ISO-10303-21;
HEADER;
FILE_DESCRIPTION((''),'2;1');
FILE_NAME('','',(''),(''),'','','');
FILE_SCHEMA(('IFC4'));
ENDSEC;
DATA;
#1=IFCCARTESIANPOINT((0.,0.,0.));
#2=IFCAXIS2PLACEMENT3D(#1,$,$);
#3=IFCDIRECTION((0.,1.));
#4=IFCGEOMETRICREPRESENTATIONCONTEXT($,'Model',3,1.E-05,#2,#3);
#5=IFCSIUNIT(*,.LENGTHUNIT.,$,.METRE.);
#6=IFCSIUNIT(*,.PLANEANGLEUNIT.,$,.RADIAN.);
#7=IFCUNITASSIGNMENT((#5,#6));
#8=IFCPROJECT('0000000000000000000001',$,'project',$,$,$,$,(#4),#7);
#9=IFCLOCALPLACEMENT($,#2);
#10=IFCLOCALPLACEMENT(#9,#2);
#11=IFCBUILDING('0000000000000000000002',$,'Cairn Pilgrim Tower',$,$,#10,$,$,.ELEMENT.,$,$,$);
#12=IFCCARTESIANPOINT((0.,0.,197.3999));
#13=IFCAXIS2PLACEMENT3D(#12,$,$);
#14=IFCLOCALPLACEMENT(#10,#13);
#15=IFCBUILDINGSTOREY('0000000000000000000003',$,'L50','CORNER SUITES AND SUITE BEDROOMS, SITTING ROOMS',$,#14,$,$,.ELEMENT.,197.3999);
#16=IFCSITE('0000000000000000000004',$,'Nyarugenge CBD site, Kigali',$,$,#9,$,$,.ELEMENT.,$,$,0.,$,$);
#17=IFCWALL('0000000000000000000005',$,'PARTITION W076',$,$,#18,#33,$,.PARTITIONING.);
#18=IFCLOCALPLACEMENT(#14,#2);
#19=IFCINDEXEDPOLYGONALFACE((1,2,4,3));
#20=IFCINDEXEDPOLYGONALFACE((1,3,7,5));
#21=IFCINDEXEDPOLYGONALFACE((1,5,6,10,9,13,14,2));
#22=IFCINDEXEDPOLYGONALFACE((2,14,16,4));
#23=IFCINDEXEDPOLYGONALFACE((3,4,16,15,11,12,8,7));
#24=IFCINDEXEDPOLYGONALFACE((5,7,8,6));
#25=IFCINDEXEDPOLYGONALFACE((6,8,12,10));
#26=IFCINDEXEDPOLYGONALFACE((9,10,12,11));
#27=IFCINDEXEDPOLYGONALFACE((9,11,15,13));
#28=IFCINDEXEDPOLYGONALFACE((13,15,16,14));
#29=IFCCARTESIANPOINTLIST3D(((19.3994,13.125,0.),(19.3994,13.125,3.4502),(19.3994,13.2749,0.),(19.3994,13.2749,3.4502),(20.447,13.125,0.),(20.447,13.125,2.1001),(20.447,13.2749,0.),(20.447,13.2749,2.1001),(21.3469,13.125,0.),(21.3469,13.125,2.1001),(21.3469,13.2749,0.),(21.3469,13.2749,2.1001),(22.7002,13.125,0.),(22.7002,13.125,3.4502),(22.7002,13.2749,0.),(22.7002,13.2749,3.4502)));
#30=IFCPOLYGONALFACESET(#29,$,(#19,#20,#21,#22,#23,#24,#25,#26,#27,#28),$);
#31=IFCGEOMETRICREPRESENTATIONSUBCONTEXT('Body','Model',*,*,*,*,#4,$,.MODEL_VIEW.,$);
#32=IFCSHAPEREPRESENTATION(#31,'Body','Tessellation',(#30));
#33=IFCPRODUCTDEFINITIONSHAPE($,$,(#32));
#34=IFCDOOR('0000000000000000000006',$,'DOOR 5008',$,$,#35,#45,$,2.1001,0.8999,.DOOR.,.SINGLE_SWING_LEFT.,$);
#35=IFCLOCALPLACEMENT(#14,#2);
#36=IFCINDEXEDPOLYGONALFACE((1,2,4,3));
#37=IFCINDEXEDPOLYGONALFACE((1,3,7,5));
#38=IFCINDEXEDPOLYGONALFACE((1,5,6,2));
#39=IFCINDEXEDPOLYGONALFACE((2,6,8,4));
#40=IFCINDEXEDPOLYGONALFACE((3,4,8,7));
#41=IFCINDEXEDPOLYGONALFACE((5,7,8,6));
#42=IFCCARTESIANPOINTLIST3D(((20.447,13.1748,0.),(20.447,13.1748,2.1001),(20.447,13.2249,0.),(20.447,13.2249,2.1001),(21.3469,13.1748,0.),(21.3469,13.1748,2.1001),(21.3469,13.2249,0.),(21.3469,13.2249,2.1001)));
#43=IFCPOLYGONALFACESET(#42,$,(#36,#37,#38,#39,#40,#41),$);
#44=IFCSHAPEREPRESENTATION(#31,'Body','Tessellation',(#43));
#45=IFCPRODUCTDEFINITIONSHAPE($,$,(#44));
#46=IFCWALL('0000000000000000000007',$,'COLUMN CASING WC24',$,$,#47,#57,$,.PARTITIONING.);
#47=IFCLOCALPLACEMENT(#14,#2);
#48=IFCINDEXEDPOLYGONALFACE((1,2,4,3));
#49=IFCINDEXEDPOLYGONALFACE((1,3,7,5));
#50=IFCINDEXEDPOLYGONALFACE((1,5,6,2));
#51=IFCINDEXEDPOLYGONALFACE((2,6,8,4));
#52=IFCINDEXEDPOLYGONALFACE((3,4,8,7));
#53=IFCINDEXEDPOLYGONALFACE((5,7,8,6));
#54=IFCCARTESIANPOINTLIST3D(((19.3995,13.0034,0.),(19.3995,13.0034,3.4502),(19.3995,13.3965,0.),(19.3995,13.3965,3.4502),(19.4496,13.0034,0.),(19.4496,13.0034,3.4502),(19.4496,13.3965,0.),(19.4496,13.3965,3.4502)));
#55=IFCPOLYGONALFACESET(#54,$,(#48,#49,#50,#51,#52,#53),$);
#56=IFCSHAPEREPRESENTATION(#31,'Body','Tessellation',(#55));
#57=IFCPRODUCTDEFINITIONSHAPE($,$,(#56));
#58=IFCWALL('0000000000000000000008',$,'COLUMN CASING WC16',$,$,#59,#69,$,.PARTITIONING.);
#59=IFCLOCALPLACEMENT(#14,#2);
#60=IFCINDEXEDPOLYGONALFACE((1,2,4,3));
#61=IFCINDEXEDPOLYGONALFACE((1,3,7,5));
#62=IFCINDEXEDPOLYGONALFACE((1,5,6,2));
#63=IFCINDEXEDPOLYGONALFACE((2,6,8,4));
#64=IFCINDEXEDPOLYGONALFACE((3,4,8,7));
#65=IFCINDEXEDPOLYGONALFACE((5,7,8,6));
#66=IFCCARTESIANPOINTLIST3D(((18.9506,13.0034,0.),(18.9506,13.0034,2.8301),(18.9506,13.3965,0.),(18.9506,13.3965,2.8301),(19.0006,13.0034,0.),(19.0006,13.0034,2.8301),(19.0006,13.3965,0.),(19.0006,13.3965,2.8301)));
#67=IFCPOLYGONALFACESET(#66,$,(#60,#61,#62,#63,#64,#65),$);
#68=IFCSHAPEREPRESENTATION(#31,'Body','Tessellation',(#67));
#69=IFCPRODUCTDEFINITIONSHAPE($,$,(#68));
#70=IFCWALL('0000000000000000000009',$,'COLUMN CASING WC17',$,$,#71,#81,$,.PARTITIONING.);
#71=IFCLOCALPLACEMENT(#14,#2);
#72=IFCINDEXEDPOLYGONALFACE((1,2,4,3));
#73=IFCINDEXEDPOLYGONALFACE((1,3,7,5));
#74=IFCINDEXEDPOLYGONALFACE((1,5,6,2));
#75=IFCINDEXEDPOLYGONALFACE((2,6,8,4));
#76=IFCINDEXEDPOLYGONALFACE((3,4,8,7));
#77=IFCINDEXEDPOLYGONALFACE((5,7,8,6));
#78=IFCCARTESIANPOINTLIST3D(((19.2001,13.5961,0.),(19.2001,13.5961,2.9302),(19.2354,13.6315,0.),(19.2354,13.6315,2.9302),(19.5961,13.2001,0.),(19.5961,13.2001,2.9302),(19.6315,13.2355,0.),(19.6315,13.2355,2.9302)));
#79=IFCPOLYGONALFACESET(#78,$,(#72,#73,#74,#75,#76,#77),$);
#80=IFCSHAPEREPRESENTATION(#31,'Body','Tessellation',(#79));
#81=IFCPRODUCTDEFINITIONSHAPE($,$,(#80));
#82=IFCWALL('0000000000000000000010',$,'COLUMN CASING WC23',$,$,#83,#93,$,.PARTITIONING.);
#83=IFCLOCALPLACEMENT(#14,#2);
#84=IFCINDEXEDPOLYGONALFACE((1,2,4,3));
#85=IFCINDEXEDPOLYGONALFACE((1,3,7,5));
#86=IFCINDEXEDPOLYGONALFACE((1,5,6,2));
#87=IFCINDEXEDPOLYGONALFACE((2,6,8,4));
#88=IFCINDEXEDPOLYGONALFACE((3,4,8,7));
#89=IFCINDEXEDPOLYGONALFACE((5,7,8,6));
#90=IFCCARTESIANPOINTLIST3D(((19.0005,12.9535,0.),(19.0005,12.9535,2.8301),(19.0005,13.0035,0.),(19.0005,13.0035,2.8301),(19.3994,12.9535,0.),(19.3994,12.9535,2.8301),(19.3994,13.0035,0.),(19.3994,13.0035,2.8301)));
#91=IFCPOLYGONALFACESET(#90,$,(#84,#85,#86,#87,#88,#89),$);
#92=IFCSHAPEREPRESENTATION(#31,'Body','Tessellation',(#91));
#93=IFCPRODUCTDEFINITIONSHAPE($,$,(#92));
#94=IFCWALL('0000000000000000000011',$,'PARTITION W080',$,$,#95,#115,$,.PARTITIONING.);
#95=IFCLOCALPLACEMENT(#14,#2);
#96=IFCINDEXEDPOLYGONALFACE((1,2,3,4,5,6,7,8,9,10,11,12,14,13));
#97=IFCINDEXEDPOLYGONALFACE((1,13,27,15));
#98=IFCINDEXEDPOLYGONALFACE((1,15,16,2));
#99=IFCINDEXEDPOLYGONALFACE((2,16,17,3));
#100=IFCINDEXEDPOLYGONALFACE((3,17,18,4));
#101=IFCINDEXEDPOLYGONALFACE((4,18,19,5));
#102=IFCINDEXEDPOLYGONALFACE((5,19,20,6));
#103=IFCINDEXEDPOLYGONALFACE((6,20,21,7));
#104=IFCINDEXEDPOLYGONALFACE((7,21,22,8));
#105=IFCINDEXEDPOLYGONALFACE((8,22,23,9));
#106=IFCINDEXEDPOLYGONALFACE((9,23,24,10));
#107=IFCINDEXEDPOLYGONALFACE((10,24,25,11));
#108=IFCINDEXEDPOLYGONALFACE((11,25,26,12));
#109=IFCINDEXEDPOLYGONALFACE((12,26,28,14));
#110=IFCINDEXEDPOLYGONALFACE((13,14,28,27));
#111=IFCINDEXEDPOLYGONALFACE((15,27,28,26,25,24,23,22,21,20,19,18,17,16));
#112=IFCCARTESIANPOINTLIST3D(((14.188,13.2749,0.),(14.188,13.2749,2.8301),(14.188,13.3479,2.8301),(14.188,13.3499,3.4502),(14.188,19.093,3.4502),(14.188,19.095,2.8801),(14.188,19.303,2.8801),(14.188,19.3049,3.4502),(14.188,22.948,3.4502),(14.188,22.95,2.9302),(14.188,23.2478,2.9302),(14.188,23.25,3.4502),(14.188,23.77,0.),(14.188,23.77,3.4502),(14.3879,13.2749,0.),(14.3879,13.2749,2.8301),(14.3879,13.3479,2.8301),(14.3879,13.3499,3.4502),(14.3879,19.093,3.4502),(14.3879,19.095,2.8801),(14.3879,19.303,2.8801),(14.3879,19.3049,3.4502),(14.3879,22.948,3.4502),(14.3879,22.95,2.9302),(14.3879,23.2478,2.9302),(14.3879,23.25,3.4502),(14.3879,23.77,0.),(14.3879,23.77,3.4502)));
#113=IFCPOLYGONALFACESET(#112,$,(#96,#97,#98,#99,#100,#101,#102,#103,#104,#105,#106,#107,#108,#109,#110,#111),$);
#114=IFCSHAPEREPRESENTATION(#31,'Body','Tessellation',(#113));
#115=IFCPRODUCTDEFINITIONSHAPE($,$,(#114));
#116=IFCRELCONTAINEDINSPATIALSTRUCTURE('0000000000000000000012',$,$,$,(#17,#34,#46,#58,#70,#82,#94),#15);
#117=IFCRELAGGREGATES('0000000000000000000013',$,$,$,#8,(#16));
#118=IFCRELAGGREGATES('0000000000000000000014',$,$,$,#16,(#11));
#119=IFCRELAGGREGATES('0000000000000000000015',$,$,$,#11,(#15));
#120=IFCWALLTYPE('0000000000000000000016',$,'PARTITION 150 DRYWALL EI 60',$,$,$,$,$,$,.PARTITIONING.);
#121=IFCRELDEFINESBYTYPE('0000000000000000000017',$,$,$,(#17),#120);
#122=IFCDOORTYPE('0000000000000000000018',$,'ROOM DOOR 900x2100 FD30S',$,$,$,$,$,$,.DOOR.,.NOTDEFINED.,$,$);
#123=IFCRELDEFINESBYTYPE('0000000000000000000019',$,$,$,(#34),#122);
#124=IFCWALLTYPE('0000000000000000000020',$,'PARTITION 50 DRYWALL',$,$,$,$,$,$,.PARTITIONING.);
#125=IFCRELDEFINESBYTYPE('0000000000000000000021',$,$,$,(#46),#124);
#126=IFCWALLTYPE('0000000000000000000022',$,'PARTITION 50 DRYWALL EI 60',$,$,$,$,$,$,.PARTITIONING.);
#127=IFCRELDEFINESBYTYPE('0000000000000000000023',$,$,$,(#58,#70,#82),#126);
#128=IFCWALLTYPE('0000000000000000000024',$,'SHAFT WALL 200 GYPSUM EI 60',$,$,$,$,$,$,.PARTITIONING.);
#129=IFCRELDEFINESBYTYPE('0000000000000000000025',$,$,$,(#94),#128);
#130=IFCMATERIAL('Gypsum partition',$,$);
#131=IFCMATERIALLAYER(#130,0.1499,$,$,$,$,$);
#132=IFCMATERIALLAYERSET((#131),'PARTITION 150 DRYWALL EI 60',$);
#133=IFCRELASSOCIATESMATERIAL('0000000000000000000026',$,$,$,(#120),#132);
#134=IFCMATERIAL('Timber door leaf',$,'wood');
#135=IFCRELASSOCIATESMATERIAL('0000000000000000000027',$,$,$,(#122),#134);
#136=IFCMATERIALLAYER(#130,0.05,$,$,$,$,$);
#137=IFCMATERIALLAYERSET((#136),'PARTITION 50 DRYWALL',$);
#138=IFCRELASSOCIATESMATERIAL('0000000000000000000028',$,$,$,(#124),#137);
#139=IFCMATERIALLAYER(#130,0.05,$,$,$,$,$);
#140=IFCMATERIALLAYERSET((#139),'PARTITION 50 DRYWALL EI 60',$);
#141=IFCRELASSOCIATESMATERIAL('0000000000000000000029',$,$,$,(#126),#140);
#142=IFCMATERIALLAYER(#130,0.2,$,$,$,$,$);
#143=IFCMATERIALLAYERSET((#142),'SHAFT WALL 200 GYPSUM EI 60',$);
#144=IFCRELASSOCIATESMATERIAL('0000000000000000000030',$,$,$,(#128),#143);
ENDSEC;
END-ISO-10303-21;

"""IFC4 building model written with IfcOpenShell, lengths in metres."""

from ifc_helpers import new_model, si_unit, direction, frame, frame_2d, origin, place, context, subcontext, project, spatial, polyline, rectangle, outline, extrude, material, layer, layer_set, type_object, element, fill, save


model = new_model("IFC4")

# Units and contexts
model_context = context("Model", 3, precision=1e-05, world=origin(), true_north=direction((0.0, 1.0)))
body_context = subcontext(model_context, "Body", "Model", "MODEL_VIEW")
ifc_project = project(units=[si_unit("LENGTHUNIT", "METRE"), si_unit("PLANEANGLEUNIT", "RADIAN")], contexts=[model_context])

# Site, building, storey
site_placement = place(None, origin())
site = spatial("IfcSite", under=ifc_project, at=site_placement, Name="Nyarugenge CBD site, Kigali", CompositionType="ELEMENT", RefElevation=0.0)
building_placement = place(site_placement, origin())
building = spatial("IfcBuilding", under=site, at=building_placement, Name="Cairn Pilgrim Tower", CompositionType="ELEMENT")
storey_placement = place(building_placement, frame((0.0, 0.0, 197.3999)))
storey = spatial("IfcBuildingStorey", under=building, at=storey_placement, Name="L50", Description="CORNER SUITES AND SUITE BEDROOMS, SITTING ROOMS", CompositionType="ELEMENT", Elevation=197.3999)

# Shared definitions
ifc_material_1 = material(Name="Gypsum partition")
ifc_material_2 = material(Name="Timber door leaf", Category="wood")

# Wall, opening, door
ifc_layer_1 = layer(ifc_material_1, 0.1499)
ifc_layer_set_1 = layer_set([ifc_layer_1], Name="PARTITION 150 DRYWALL EI 60")
wall_type_1 = type_object("IfcWallType", Name="PARTITION 150 DRYWALL EI 60", PredefinedType="PARTITIONING", material=ifc_layer_set_1)
wall_1_placement = place(storey_placement, frame((19.3994, 13.2, 0.0), z_axis=(0.0, 0.0, 1.0), x_axis=(1.0, 0.0, 0.0)))
wall_1 = element("IfcWall", 1, at=wall_1_placement, inside=storey, type_object=wall_type_1, Name="PARTITION W076", PredefinedType="PARTITIONING", context=body_context, shape_type="SweptSolid", body=[
    extrude(rectangle(XDim=3.3008, YDim=0.1499, at=frame_2d((1.6504, 0.0))), origin(), (0.0, 0.0, 1.0), 3.4502),
])
opening_1_placement = place(wall_1_placement, frame((1.0476, 0.0, 0.0)))
opening_1 = element("IfcOpeningElement", 2, at=opening_1_placement, cuts=wall_1, PredefinedType="OPENING", context=body_context, shape_type="SweptSolid", body=[
    extrude(rectangle(XDim=0.8999, YDim=2.1001, at=frame_2d((0.45, 1.05))), frame((0.0, 0.085, 0.0), z_axis=(0.0, -1.0, 0.0), x_axis=(1.0, 0.0, 0.0)), (0.0, 0.0, 1.0), 0.1699),
])
door_type_1 = type_object("IfcDoorType", Name="ROOM DOOR 900x2100 FD30S", OperationType="NOTDEFINED", PredefinedType="DOOR", material=ifc_material_2)
door_1_placement = place(opening_1_placement, origin())
door_1 = element("IfcDoor", 3, at=door_1_placement, inside=storey, type_object=door_type_1, Name="DOOR 5008", OperationType="SINGLE_SWING_LEFT", OverallHeight=2.1001, OverallWidth=0.8999, PredefinedType="DOOR", context=body_context, shape_type="SweptSolid", body=[
    extrude(rectangle(XDim=0.8999, YDim=2.1001, at=frame_2d((0.45, 1.05))), frame((0.0, 0.0249, 0.0), z_axis=(0.0, -1.0, 0.0), x_axis=(1.0, 0.0, 0.0)), (0.0, 0.0, 1.0), 0.05),
])
fill(opening_1, door_1)

# Walls
ifc_layer_2 = layer(ifc_material_1, 0.05)
ifc_layer_set_2 = layer_set([ifc_layer_2], Name="PARTITION 50 DRYWALL")
wall_type_2 = type_object("IfcWallType", Name="PARTITION 50 DRYWALL", PredefinedType="PARTITIONING", material=ifc_layer_set_2)
wall_2_placement = place(storey_placement, frame((19.4246, 13.0034, 0.0), z_axis=(0.0, 0.0, 1.0), x_axis=(0.0, 1.0, 0.0)))
element("IfcWall", 4, at=wall_2_placement, inside=storey, type_object=wall_type_2, Name="COLUMN CASING WC24", PredefinedType="PARTITIONING", context=body_context, shape_type="SweptSolid", body=[
    extrude(rectangle(XDim=0.3931, YDim=0.05, at=frame_2d((0.1965, 0.0))), origin(), (0.0, 0.0, 1.0), 3.4502),
])
ifc_layer_3 = layer(ifc_material_1, 0.05)
ifc_layer_set_3 = layer_set([ifc_layer_3], Name="PARTITION 50 DRYWALL EI 60")
wall_type_3 = type_object("IfcWallType", Name="PARTITION 50 DRYWALL EI 60", PredefinedType="PARTITIONING", material=ifc_layer_set_3)
wall_3_placement = place(storey_placement, frame((18.9756, 13.0034, 0.0), z_axis=(0.0, 0.0, 1.0), x_axis=(0.0, 1.0, 0.0)))
element("IfcWall", 5, at=wall_3_placement, inside=storey, type_object=wall_type_3, Name="COLUMN CASING WC16", PredefinedType="PARTITIONING", context=body_context, shape_type="SweptSolid", body=[
    extrude(rectangle(XDim=0.3931, YDim=0.05, at=frame_2d((0.1965, 0.0))), origin(), (0.0, 0.0, 1.0), 2.8301),
])
wall_4_placement = place(storey_placement, frame((19.6138, 13.2178, 0.0), z_axis=(0.0, 0.0, 1.0), x_axis=(-0.707107, 0.707107, 0.0)))
element("IfcWall", 6, at=wall_4_placement, inside=storey, type_object=wall_type_3, Name="COLUMN CASING WC17", PredefinedType="PARTITIONING", context=body_context, shape_type="SweptSolid", body=[
    extrude(rectangle(XDim=0.5601, YDim=0.05, at=frame_2d((0.28, 0.0))), origin(), (0.0, 0.0, 1.0), 2.9302),
])
wall_5_placement = place(storey_placement, frame((19.0005, 12.9785, 0.0), z_axis=(0.0, 0.0, 1.0), x_axis=(1.0, 0.0, 0.0)))
element("IfcWall", 7, at=wall_5_placement, inside=storey, type_object=wall_type_3, Name="COLUMN CASING WC23", PredefinedType="PARTITIONING", context=body_context, shape_type="SweptSolid", body=[
    extrude(rectangle(XDim=0.3989, YDim=0.05, at=frame_2d((0.1995, 0.0))), origin(), (0.0, 0.0, 1.0), 2.8301),
])
ifc_layer_4 = layer(ifc_material_1, 0.2)
ifc_layer_set_4 = layer_set([ifc_layer_4], Name="SHAFT WALL 200 GYPSUM EI 60")
wall_type_4 = type_object("IfcWallType", Name="SHAFT WALL 200 GYPSUM EI 60", PredefinedType="PARTITIONING", material=ifc_layer_set_4)
wall_6_placement = place(storey_placement, frame((14.2881, 13.2749, 0.0), z_axis=(0.0, 0.0, 1.0), x_axis=(0.0, 1.0, 0.0)))
element("IfcWall", 8, at=wall_6_placement, inside=storey, type_object=wall_type_4, Name="PARTITION W080", PredefinedType="PARTITIONING", context=body_context, shape_type="SweptSolid", body=[
    extrude(outline(polyline([(0.0, 0.0), (10.4951, 0.0), (10.4951, 3.4502), (9.9751, 3.4502), (9.9729, 2.9302), (9.675, 2.9302), (9.6731, 3.4502), (6.03, 3.4502), (6.0281, 2.8801), (5.8201, 2.8801), (5.8181, 3.4502), (0.075, 3.4502), (0.073, 2.8301), (0.0, 2.8301), (0.0, 0.0)])), frame((0.0, 0.1001, 0.0), z_axis=(0.0, -1.0, 0.0), x_axis=(1.0, 0.0, 0.0)), (0.0, 0.0, 1.0), 0.2),
])

save(model, "model.ifc")
